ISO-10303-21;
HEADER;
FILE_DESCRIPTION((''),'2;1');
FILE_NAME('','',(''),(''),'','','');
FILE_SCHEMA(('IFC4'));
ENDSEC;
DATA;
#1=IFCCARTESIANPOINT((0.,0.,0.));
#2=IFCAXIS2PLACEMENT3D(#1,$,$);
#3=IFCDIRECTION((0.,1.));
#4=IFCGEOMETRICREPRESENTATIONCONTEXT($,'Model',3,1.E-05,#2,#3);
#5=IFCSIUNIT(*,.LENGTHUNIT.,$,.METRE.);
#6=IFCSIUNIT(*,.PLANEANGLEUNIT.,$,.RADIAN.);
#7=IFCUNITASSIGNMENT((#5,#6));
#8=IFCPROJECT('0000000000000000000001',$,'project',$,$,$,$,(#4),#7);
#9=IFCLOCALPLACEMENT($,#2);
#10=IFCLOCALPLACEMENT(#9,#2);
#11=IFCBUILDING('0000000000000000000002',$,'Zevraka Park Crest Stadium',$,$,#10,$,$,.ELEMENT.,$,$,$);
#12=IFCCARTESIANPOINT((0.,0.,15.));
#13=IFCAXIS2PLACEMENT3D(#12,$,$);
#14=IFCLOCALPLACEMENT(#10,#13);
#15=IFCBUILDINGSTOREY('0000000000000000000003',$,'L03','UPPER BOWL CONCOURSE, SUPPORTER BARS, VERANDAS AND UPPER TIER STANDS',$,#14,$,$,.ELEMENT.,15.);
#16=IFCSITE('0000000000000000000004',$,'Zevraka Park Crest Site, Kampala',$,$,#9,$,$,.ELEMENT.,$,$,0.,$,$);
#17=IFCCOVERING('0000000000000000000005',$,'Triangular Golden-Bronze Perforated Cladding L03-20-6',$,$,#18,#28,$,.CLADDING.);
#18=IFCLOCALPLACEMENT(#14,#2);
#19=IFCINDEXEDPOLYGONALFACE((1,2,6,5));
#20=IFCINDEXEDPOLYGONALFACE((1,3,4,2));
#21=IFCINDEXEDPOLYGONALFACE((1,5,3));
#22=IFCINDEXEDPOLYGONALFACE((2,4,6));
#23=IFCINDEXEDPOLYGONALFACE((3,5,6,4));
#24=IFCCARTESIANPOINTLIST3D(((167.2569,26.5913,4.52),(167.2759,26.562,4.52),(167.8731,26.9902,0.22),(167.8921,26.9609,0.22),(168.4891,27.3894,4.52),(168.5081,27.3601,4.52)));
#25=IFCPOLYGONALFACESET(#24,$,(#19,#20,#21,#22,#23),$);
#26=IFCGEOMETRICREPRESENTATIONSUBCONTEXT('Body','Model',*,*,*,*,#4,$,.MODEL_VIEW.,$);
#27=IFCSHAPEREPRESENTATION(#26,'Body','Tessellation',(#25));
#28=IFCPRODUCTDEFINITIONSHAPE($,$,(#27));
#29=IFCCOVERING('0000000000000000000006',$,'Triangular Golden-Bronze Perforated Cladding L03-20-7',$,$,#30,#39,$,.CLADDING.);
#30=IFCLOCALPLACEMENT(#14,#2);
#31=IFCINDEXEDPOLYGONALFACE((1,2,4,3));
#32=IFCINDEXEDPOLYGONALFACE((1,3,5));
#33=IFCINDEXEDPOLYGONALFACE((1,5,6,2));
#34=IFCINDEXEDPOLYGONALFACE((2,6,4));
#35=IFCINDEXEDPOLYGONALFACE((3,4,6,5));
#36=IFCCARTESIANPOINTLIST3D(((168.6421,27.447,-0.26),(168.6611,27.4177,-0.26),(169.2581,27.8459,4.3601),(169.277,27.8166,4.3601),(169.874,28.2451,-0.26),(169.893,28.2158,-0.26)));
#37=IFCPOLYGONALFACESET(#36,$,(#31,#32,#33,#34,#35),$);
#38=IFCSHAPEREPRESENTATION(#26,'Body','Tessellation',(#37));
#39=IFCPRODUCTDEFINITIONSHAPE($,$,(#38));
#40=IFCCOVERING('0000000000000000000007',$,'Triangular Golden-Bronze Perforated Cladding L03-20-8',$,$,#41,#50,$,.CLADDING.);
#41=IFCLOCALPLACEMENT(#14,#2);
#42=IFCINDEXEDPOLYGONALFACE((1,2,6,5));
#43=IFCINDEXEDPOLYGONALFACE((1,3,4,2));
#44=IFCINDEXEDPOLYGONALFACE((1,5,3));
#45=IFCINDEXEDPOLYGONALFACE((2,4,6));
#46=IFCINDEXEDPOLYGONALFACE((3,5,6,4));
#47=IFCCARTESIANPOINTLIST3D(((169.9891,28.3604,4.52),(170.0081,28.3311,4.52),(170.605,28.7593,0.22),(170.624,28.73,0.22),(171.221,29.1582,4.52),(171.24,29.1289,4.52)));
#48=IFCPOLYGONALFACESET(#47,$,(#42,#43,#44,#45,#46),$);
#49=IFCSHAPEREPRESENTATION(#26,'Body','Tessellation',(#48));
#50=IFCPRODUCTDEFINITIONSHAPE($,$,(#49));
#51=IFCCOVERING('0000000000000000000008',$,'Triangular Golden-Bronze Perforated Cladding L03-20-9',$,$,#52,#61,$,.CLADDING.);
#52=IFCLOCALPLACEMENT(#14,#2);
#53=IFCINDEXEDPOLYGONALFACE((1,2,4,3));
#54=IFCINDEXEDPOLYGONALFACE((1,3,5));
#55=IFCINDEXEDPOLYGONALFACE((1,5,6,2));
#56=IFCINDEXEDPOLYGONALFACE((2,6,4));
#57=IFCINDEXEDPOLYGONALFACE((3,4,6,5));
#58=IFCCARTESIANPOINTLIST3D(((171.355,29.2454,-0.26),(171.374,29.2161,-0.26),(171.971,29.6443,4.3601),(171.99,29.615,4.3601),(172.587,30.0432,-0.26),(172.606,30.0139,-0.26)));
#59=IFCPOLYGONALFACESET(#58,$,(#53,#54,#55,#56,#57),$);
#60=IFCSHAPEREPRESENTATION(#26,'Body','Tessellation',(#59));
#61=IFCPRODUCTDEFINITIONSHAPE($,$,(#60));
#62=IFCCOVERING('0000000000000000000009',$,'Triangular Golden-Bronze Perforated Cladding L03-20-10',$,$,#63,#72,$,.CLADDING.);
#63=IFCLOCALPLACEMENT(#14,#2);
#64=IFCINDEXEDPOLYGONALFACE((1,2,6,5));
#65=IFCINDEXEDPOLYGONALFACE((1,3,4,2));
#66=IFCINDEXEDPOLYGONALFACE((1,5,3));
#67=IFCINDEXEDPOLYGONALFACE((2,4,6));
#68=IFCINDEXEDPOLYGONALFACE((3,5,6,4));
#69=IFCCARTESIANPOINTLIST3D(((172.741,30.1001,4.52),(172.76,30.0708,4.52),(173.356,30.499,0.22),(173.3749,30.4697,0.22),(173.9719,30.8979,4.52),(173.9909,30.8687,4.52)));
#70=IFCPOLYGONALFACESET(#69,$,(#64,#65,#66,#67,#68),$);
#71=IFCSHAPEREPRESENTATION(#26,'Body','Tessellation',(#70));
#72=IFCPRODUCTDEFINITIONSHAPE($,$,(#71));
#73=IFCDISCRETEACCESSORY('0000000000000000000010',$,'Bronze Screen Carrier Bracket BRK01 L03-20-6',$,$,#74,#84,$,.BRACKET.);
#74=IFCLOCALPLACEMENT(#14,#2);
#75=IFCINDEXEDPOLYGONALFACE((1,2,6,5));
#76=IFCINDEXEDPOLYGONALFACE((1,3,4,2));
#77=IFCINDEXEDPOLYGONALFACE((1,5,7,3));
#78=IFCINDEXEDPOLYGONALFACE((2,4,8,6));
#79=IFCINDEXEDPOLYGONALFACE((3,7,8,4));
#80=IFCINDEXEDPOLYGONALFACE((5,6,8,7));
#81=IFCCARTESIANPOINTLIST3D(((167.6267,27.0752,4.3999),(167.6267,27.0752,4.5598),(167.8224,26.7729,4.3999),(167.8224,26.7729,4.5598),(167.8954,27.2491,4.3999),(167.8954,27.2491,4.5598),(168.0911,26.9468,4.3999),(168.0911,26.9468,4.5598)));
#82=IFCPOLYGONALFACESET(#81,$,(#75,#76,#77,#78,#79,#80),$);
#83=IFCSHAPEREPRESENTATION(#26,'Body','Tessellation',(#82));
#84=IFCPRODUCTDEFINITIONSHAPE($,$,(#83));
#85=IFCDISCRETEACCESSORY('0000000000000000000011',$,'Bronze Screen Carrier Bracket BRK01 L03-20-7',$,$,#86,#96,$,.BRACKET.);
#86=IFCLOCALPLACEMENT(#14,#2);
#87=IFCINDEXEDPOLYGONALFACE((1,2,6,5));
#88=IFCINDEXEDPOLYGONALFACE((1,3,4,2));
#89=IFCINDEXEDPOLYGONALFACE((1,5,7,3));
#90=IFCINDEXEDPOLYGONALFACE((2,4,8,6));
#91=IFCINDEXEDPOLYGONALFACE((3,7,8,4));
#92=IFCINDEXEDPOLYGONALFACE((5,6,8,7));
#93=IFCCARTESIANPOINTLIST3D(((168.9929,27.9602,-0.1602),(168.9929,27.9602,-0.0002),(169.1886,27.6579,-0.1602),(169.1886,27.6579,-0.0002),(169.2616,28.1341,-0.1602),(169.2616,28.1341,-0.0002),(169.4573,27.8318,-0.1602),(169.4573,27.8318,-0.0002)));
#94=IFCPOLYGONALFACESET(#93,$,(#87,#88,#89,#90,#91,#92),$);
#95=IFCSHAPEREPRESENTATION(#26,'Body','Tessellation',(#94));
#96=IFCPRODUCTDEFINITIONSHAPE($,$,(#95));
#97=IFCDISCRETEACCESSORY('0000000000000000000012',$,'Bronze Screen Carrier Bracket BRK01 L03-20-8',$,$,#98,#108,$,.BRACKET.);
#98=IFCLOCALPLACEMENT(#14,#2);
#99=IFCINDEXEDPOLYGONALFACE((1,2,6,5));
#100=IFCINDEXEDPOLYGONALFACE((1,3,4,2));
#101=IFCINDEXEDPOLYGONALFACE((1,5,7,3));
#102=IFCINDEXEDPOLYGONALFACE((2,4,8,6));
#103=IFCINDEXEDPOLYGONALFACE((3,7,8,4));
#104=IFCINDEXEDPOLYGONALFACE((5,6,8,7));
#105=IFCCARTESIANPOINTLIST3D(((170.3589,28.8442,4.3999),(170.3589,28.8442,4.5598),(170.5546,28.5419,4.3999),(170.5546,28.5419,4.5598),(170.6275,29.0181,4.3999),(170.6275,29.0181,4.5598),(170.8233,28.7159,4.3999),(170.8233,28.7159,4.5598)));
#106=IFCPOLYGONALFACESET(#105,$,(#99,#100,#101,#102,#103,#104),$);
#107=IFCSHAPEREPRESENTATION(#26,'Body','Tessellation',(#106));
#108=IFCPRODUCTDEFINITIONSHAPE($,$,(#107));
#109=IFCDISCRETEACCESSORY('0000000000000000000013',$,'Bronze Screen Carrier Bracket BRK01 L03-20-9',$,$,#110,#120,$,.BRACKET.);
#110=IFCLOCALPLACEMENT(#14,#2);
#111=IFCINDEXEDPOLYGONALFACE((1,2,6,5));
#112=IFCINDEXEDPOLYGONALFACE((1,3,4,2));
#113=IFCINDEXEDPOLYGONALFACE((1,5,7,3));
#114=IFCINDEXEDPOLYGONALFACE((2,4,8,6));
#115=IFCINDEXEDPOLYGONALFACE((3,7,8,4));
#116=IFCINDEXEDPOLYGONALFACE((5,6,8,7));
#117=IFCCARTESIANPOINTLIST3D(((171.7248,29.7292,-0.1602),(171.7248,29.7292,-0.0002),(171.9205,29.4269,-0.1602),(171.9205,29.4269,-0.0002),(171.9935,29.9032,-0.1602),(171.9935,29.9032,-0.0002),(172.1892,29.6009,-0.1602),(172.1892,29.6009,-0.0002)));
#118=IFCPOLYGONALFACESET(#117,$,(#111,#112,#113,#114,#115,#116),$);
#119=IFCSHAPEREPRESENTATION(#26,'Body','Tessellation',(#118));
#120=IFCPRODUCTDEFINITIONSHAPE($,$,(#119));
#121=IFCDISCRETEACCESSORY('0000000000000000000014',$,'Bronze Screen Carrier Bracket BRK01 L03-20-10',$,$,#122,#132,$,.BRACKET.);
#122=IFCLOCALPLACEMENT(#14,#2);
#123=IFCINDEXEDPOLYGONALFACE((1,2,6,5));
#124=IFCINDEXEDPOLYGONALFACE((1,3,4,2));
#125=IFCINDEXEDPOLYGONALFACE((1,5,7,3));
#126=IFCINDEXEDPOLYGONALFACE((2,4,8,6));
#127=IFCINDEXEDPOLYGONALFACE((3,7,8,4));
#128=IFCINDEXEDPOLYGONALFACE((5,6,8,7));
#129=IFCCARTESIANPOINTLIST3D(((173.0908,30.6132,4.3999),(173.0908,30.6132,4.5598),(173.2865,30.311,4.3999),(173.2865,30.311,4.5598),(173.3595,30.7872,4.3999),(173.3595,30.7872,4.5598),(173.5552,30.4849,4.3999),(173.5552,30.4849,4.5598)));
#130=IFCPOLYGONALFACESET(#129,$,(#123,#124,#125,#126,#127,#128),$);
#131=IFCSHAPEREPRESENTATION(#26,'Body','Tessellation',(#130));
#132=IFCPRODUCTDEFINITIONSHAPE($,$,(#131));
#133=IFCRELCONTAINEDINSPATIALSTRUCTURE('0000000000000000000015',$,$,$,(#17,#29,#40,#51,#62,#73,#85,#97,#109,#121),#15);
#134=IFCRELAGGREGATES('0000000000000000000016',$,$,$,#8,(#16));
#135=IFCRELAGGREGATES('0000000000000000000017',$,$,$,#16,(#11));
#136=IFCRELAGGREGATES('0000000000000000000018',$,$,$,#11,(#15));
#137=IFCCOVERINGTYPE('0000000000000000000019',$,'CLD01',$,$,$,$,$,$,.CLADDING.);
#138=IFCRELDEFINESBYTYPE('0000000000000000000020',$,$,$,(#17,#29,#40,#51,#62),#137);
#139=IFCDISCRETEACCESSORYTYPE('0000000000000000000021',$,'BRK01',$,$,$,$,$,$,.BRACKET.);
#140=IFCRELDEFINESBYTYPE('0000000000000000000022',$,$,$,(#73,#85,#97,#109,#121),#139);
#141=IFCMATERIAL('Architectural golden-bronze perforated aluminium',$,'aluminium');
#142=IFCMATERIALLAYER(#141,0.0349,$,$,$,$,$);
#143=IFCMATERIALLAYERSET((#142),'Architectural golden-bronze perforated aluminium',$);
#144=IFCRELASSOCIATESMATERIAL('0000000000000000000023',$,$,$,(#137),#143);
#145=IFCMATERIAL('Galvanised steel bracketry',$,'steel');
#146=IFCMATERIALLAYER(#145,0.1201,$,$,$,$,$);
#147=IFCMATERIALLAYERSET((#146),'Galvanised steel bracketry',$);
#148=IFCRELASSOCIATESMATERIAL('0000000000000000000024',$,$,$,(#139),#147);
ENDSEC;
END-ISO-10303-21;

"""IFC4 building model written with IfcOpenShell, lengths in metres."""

from ifc_helpers import new_model, si_unit, direction, frame, origin, origin_2d, place, context, subcontext, project, spatial, polyline, rectangle, outline, extrude, material, layer, layer_set, type_object, element, save


model = new_model("IFC4")

# Units and contexts
model_context = context("Model", 3, precision=1e-05, world=origin(), true_north=direction((0.0, 1.0)))
body_context = subcontext(model_context, "Body", "Model", "MODEL_VIEW")
ifc_project = project(units=[si_unit("LENGTHUNIT", "METRE"), si_unit("PLANEANGLEUNIT", "RADIAN")], contexts=[model_context])

# Site, building, storey
site_placement = place(None, origin())
site = spatial("IfcSite", under=ifc_project, at=site_placement, Name="Zevraka Park Crest Site, Kampala", CompositionType="ELEMENT", RefElevation=0.0)
building_placement = place(site_placement, origin())
building = spatial("IfcBuilding", under=site, at=building_placement, Name="Zevraka Park Crest Stadium", CompositionType="ELEMENT")
storey_placement = place(building_placement, frame((0.0, 0.0, 15.0)))
storey = spatial("IfcBuildingStorey", under=building, at=storey_placement, Name="L03", Description="UPPER BOWL CONCOURSE, SUPPORTER BARS, VERANDAS AND UPPER TIER STANDS", CompositionType="ELEMENT", Elevation=15.0)

# Coverings
ifc_material_1 = material(Name="Architectural golden-bronze perforated aluminium", Category="aluminium")
ifc_layer_1 = layer(ifc_material_1, 0.0349)
ifc_layer_set_1 = layer_set([ifc_layer_1], Name="Architectural golden-bronze perforated aluminium")
covering_type = type_object("IfcCoveringType", Name="CLD01", PredefinedType="CLADDING", material=ifc_layer_set_1)
covering_1_placement = place(storey_placement, frame((168.5081, 27.3601, 4.52), z_axis=(0.543637, -0.83932, 0.000039), x_axis=(-0.83932, -0.543637, 0.0)))
element("IfcCovering", 1, at=covering_1_placement, inside=storey, type_object=covering_type, Name="Triangular Golden-Bronze Perforated Cladding L03-20-6", PredefinedType="CLADDING", context=body_context, shape_type="SweptSolid", body=[
    extrude(outline(polyline([(0.0, 0.0), (1.4681, 0.0), (0.734, 4.3), (0.0, 0.0)])), origin(), (0.0, 0.0, -1.0), 0.0349),
])
covering_2_placement = place(storey_placement, frame((168.6421, 27.447, -0.26), z_axis=(-0.543713, 0.839271, 0.000022), x_axis=(0.839271, 0.543713, 0.0)))
element("IfcCovering", 2, at=covering_2_placement, inside=storey, type_object=covering_type, Name="Triangular Golden-Bronze Perforated Cladding L03-20-7", PredefinedType="CLADDING", context=body_context, shape_type="SweptSolid", body=[
    extrude(outline(polyline([(0.0, 0.0), (1.4679, 0.0), (0.7339, -4.6201), (0.0, 0.0)])), origin(), (0.0, 0.0, -1.0), 0.0349),
])
covering_3_placement = place(storey_placement, frame((171.24, 29.1289, 4.52), z_axis=(0.543596, -0.839347, 0.0), x_axis=(-0.839347, -0.543596, 0.0)))
element("IfcCovering", 3, at=covering_3_placement, inside=storey, type_object=covering_type, Name="Triangular Golden-Bronze Perforated Cladding L03-20-8", PredefinedType="CLADDING", context=body_context, shape_type="SweptSolid", body=[
    extrude(outline(polyline([(0.0, 0.0), (1.4677, 0.0), (0.7339, 4.3), (0.0, 0.0)])), origin(), (0.0, 0.0, -1.0), 0.0349),
])
covering_4_placement = place(storey_placement, frame((171.374, 29.2161, -0.26), z_axis=(0.543596, -0.839347, 0.0), x_axis=(0.839347, 0.543596, 0.0)))
element("IfcCovering", 4, at=covering_4_placement, inside=storey, type_object=covering_type, Name="Triangular Golden-Bronze Perforated Cladding L03-20-9", PredefinedType="CLADDING", context=body_context, shape_type="SweptSolid", body=[
    extrude(outline(polyline([(0.0, 0.0), (1.4677, 0.0), (0.7339, 4.6201), (0.0, 0.0)])), origin(), (0.0, 0.0, -1.0), 0.0349),
])
covering_5_placement = place(storey_placement, frame((173.9719, 30.8979, 4.52), z_axis=(-0.5439, 0.83915, 0.000062), x_axis=(-0.83915, -0.5439, 0.0)))
element("IfcCovering", 5, at=covering_5_placement, inside=storey, type_object=covering_type, Name="Triangular Golden-Bronze Perforated Cladding L03-20-10", PredefinedType="CLADDING", context=body_context, shape_type="SweptSolid", body=[
    extrude(outline(polyline([(0.0, 0.0), (1.4669, 0.0), (0.7339, -4.3), (0.0, 0.0)])), origin(), (0.0, 0.0, -1.0), 0.0349),
])

# Discrete accessories
ifc_material_2 = material(Name="Galvanised steel bracketry", Category="steel")
ifc_layer_2 = layer(ifc_material_2, 0.1201)
ifc_layer_set_2 = layer_set([ifc_layer_2], Name="Galvanised steel bracketry")
discrete_accessory_type = type_object("IfcDiscreteAccessoryType", Name="BRK01", PredefinedType="BRACKET", material=ifc_layer_set_2)
for number, where, z_axis, x_axis, name in (
    (6, (167.8589, 27.011, 4.3999), (0.0, 0.0, 1.0), (0.83943, 0.543467, 0.0), "Bronze Screen Carrier Bracket BRK01 L03-20-6"),
    (7, (169.2251, 27.896, -0.1602), (0.0, 0.0, 1.0), (0.83943, 0.543467, 0.0), "Bronze Screen Carrier Bracket BRK01 L03-20-7"),
    (8, (170.5911, 28.78, 4.3999), (0.0, 0.0, 1.0), (0.83943, 0.543467, 0.0), "Bronze Screen Carrier Bracket BRK01 L03-20-8"),
    (9, (171.957, 29.665, -0.1602), (0.0, 0.0, 1.0), (0.83943, 0.543467, 0.0), "Bronze Screen Carrier Bracket BRK01 L03-20-9"),
    (10, (173.323, 30.5491, 4.3999), (0.0, 0.0, 1.0), (0.83943, 0.543467, 0.0), "Bronze Screen Carrier Bracket BRK01 L03-20-10"),
):
    element("IfcDiscreteAccessory", number, at=place(storey_placement, frame(where, z_axis=z_axis, x_axis=x_axis)), inside=storey, type_object=discrete_accessory_type, Name=name, PredefinedType="BRACKET", context=body_context, shape_type="SweptSolid", body=[
        extrude(rectangle(XDim=0.3201, YDim=0.3601, at=origin_2d()), origin(), (0.0, 0.0, 1.0), 0.1599),
    ])

save(model, "model.ifc")
